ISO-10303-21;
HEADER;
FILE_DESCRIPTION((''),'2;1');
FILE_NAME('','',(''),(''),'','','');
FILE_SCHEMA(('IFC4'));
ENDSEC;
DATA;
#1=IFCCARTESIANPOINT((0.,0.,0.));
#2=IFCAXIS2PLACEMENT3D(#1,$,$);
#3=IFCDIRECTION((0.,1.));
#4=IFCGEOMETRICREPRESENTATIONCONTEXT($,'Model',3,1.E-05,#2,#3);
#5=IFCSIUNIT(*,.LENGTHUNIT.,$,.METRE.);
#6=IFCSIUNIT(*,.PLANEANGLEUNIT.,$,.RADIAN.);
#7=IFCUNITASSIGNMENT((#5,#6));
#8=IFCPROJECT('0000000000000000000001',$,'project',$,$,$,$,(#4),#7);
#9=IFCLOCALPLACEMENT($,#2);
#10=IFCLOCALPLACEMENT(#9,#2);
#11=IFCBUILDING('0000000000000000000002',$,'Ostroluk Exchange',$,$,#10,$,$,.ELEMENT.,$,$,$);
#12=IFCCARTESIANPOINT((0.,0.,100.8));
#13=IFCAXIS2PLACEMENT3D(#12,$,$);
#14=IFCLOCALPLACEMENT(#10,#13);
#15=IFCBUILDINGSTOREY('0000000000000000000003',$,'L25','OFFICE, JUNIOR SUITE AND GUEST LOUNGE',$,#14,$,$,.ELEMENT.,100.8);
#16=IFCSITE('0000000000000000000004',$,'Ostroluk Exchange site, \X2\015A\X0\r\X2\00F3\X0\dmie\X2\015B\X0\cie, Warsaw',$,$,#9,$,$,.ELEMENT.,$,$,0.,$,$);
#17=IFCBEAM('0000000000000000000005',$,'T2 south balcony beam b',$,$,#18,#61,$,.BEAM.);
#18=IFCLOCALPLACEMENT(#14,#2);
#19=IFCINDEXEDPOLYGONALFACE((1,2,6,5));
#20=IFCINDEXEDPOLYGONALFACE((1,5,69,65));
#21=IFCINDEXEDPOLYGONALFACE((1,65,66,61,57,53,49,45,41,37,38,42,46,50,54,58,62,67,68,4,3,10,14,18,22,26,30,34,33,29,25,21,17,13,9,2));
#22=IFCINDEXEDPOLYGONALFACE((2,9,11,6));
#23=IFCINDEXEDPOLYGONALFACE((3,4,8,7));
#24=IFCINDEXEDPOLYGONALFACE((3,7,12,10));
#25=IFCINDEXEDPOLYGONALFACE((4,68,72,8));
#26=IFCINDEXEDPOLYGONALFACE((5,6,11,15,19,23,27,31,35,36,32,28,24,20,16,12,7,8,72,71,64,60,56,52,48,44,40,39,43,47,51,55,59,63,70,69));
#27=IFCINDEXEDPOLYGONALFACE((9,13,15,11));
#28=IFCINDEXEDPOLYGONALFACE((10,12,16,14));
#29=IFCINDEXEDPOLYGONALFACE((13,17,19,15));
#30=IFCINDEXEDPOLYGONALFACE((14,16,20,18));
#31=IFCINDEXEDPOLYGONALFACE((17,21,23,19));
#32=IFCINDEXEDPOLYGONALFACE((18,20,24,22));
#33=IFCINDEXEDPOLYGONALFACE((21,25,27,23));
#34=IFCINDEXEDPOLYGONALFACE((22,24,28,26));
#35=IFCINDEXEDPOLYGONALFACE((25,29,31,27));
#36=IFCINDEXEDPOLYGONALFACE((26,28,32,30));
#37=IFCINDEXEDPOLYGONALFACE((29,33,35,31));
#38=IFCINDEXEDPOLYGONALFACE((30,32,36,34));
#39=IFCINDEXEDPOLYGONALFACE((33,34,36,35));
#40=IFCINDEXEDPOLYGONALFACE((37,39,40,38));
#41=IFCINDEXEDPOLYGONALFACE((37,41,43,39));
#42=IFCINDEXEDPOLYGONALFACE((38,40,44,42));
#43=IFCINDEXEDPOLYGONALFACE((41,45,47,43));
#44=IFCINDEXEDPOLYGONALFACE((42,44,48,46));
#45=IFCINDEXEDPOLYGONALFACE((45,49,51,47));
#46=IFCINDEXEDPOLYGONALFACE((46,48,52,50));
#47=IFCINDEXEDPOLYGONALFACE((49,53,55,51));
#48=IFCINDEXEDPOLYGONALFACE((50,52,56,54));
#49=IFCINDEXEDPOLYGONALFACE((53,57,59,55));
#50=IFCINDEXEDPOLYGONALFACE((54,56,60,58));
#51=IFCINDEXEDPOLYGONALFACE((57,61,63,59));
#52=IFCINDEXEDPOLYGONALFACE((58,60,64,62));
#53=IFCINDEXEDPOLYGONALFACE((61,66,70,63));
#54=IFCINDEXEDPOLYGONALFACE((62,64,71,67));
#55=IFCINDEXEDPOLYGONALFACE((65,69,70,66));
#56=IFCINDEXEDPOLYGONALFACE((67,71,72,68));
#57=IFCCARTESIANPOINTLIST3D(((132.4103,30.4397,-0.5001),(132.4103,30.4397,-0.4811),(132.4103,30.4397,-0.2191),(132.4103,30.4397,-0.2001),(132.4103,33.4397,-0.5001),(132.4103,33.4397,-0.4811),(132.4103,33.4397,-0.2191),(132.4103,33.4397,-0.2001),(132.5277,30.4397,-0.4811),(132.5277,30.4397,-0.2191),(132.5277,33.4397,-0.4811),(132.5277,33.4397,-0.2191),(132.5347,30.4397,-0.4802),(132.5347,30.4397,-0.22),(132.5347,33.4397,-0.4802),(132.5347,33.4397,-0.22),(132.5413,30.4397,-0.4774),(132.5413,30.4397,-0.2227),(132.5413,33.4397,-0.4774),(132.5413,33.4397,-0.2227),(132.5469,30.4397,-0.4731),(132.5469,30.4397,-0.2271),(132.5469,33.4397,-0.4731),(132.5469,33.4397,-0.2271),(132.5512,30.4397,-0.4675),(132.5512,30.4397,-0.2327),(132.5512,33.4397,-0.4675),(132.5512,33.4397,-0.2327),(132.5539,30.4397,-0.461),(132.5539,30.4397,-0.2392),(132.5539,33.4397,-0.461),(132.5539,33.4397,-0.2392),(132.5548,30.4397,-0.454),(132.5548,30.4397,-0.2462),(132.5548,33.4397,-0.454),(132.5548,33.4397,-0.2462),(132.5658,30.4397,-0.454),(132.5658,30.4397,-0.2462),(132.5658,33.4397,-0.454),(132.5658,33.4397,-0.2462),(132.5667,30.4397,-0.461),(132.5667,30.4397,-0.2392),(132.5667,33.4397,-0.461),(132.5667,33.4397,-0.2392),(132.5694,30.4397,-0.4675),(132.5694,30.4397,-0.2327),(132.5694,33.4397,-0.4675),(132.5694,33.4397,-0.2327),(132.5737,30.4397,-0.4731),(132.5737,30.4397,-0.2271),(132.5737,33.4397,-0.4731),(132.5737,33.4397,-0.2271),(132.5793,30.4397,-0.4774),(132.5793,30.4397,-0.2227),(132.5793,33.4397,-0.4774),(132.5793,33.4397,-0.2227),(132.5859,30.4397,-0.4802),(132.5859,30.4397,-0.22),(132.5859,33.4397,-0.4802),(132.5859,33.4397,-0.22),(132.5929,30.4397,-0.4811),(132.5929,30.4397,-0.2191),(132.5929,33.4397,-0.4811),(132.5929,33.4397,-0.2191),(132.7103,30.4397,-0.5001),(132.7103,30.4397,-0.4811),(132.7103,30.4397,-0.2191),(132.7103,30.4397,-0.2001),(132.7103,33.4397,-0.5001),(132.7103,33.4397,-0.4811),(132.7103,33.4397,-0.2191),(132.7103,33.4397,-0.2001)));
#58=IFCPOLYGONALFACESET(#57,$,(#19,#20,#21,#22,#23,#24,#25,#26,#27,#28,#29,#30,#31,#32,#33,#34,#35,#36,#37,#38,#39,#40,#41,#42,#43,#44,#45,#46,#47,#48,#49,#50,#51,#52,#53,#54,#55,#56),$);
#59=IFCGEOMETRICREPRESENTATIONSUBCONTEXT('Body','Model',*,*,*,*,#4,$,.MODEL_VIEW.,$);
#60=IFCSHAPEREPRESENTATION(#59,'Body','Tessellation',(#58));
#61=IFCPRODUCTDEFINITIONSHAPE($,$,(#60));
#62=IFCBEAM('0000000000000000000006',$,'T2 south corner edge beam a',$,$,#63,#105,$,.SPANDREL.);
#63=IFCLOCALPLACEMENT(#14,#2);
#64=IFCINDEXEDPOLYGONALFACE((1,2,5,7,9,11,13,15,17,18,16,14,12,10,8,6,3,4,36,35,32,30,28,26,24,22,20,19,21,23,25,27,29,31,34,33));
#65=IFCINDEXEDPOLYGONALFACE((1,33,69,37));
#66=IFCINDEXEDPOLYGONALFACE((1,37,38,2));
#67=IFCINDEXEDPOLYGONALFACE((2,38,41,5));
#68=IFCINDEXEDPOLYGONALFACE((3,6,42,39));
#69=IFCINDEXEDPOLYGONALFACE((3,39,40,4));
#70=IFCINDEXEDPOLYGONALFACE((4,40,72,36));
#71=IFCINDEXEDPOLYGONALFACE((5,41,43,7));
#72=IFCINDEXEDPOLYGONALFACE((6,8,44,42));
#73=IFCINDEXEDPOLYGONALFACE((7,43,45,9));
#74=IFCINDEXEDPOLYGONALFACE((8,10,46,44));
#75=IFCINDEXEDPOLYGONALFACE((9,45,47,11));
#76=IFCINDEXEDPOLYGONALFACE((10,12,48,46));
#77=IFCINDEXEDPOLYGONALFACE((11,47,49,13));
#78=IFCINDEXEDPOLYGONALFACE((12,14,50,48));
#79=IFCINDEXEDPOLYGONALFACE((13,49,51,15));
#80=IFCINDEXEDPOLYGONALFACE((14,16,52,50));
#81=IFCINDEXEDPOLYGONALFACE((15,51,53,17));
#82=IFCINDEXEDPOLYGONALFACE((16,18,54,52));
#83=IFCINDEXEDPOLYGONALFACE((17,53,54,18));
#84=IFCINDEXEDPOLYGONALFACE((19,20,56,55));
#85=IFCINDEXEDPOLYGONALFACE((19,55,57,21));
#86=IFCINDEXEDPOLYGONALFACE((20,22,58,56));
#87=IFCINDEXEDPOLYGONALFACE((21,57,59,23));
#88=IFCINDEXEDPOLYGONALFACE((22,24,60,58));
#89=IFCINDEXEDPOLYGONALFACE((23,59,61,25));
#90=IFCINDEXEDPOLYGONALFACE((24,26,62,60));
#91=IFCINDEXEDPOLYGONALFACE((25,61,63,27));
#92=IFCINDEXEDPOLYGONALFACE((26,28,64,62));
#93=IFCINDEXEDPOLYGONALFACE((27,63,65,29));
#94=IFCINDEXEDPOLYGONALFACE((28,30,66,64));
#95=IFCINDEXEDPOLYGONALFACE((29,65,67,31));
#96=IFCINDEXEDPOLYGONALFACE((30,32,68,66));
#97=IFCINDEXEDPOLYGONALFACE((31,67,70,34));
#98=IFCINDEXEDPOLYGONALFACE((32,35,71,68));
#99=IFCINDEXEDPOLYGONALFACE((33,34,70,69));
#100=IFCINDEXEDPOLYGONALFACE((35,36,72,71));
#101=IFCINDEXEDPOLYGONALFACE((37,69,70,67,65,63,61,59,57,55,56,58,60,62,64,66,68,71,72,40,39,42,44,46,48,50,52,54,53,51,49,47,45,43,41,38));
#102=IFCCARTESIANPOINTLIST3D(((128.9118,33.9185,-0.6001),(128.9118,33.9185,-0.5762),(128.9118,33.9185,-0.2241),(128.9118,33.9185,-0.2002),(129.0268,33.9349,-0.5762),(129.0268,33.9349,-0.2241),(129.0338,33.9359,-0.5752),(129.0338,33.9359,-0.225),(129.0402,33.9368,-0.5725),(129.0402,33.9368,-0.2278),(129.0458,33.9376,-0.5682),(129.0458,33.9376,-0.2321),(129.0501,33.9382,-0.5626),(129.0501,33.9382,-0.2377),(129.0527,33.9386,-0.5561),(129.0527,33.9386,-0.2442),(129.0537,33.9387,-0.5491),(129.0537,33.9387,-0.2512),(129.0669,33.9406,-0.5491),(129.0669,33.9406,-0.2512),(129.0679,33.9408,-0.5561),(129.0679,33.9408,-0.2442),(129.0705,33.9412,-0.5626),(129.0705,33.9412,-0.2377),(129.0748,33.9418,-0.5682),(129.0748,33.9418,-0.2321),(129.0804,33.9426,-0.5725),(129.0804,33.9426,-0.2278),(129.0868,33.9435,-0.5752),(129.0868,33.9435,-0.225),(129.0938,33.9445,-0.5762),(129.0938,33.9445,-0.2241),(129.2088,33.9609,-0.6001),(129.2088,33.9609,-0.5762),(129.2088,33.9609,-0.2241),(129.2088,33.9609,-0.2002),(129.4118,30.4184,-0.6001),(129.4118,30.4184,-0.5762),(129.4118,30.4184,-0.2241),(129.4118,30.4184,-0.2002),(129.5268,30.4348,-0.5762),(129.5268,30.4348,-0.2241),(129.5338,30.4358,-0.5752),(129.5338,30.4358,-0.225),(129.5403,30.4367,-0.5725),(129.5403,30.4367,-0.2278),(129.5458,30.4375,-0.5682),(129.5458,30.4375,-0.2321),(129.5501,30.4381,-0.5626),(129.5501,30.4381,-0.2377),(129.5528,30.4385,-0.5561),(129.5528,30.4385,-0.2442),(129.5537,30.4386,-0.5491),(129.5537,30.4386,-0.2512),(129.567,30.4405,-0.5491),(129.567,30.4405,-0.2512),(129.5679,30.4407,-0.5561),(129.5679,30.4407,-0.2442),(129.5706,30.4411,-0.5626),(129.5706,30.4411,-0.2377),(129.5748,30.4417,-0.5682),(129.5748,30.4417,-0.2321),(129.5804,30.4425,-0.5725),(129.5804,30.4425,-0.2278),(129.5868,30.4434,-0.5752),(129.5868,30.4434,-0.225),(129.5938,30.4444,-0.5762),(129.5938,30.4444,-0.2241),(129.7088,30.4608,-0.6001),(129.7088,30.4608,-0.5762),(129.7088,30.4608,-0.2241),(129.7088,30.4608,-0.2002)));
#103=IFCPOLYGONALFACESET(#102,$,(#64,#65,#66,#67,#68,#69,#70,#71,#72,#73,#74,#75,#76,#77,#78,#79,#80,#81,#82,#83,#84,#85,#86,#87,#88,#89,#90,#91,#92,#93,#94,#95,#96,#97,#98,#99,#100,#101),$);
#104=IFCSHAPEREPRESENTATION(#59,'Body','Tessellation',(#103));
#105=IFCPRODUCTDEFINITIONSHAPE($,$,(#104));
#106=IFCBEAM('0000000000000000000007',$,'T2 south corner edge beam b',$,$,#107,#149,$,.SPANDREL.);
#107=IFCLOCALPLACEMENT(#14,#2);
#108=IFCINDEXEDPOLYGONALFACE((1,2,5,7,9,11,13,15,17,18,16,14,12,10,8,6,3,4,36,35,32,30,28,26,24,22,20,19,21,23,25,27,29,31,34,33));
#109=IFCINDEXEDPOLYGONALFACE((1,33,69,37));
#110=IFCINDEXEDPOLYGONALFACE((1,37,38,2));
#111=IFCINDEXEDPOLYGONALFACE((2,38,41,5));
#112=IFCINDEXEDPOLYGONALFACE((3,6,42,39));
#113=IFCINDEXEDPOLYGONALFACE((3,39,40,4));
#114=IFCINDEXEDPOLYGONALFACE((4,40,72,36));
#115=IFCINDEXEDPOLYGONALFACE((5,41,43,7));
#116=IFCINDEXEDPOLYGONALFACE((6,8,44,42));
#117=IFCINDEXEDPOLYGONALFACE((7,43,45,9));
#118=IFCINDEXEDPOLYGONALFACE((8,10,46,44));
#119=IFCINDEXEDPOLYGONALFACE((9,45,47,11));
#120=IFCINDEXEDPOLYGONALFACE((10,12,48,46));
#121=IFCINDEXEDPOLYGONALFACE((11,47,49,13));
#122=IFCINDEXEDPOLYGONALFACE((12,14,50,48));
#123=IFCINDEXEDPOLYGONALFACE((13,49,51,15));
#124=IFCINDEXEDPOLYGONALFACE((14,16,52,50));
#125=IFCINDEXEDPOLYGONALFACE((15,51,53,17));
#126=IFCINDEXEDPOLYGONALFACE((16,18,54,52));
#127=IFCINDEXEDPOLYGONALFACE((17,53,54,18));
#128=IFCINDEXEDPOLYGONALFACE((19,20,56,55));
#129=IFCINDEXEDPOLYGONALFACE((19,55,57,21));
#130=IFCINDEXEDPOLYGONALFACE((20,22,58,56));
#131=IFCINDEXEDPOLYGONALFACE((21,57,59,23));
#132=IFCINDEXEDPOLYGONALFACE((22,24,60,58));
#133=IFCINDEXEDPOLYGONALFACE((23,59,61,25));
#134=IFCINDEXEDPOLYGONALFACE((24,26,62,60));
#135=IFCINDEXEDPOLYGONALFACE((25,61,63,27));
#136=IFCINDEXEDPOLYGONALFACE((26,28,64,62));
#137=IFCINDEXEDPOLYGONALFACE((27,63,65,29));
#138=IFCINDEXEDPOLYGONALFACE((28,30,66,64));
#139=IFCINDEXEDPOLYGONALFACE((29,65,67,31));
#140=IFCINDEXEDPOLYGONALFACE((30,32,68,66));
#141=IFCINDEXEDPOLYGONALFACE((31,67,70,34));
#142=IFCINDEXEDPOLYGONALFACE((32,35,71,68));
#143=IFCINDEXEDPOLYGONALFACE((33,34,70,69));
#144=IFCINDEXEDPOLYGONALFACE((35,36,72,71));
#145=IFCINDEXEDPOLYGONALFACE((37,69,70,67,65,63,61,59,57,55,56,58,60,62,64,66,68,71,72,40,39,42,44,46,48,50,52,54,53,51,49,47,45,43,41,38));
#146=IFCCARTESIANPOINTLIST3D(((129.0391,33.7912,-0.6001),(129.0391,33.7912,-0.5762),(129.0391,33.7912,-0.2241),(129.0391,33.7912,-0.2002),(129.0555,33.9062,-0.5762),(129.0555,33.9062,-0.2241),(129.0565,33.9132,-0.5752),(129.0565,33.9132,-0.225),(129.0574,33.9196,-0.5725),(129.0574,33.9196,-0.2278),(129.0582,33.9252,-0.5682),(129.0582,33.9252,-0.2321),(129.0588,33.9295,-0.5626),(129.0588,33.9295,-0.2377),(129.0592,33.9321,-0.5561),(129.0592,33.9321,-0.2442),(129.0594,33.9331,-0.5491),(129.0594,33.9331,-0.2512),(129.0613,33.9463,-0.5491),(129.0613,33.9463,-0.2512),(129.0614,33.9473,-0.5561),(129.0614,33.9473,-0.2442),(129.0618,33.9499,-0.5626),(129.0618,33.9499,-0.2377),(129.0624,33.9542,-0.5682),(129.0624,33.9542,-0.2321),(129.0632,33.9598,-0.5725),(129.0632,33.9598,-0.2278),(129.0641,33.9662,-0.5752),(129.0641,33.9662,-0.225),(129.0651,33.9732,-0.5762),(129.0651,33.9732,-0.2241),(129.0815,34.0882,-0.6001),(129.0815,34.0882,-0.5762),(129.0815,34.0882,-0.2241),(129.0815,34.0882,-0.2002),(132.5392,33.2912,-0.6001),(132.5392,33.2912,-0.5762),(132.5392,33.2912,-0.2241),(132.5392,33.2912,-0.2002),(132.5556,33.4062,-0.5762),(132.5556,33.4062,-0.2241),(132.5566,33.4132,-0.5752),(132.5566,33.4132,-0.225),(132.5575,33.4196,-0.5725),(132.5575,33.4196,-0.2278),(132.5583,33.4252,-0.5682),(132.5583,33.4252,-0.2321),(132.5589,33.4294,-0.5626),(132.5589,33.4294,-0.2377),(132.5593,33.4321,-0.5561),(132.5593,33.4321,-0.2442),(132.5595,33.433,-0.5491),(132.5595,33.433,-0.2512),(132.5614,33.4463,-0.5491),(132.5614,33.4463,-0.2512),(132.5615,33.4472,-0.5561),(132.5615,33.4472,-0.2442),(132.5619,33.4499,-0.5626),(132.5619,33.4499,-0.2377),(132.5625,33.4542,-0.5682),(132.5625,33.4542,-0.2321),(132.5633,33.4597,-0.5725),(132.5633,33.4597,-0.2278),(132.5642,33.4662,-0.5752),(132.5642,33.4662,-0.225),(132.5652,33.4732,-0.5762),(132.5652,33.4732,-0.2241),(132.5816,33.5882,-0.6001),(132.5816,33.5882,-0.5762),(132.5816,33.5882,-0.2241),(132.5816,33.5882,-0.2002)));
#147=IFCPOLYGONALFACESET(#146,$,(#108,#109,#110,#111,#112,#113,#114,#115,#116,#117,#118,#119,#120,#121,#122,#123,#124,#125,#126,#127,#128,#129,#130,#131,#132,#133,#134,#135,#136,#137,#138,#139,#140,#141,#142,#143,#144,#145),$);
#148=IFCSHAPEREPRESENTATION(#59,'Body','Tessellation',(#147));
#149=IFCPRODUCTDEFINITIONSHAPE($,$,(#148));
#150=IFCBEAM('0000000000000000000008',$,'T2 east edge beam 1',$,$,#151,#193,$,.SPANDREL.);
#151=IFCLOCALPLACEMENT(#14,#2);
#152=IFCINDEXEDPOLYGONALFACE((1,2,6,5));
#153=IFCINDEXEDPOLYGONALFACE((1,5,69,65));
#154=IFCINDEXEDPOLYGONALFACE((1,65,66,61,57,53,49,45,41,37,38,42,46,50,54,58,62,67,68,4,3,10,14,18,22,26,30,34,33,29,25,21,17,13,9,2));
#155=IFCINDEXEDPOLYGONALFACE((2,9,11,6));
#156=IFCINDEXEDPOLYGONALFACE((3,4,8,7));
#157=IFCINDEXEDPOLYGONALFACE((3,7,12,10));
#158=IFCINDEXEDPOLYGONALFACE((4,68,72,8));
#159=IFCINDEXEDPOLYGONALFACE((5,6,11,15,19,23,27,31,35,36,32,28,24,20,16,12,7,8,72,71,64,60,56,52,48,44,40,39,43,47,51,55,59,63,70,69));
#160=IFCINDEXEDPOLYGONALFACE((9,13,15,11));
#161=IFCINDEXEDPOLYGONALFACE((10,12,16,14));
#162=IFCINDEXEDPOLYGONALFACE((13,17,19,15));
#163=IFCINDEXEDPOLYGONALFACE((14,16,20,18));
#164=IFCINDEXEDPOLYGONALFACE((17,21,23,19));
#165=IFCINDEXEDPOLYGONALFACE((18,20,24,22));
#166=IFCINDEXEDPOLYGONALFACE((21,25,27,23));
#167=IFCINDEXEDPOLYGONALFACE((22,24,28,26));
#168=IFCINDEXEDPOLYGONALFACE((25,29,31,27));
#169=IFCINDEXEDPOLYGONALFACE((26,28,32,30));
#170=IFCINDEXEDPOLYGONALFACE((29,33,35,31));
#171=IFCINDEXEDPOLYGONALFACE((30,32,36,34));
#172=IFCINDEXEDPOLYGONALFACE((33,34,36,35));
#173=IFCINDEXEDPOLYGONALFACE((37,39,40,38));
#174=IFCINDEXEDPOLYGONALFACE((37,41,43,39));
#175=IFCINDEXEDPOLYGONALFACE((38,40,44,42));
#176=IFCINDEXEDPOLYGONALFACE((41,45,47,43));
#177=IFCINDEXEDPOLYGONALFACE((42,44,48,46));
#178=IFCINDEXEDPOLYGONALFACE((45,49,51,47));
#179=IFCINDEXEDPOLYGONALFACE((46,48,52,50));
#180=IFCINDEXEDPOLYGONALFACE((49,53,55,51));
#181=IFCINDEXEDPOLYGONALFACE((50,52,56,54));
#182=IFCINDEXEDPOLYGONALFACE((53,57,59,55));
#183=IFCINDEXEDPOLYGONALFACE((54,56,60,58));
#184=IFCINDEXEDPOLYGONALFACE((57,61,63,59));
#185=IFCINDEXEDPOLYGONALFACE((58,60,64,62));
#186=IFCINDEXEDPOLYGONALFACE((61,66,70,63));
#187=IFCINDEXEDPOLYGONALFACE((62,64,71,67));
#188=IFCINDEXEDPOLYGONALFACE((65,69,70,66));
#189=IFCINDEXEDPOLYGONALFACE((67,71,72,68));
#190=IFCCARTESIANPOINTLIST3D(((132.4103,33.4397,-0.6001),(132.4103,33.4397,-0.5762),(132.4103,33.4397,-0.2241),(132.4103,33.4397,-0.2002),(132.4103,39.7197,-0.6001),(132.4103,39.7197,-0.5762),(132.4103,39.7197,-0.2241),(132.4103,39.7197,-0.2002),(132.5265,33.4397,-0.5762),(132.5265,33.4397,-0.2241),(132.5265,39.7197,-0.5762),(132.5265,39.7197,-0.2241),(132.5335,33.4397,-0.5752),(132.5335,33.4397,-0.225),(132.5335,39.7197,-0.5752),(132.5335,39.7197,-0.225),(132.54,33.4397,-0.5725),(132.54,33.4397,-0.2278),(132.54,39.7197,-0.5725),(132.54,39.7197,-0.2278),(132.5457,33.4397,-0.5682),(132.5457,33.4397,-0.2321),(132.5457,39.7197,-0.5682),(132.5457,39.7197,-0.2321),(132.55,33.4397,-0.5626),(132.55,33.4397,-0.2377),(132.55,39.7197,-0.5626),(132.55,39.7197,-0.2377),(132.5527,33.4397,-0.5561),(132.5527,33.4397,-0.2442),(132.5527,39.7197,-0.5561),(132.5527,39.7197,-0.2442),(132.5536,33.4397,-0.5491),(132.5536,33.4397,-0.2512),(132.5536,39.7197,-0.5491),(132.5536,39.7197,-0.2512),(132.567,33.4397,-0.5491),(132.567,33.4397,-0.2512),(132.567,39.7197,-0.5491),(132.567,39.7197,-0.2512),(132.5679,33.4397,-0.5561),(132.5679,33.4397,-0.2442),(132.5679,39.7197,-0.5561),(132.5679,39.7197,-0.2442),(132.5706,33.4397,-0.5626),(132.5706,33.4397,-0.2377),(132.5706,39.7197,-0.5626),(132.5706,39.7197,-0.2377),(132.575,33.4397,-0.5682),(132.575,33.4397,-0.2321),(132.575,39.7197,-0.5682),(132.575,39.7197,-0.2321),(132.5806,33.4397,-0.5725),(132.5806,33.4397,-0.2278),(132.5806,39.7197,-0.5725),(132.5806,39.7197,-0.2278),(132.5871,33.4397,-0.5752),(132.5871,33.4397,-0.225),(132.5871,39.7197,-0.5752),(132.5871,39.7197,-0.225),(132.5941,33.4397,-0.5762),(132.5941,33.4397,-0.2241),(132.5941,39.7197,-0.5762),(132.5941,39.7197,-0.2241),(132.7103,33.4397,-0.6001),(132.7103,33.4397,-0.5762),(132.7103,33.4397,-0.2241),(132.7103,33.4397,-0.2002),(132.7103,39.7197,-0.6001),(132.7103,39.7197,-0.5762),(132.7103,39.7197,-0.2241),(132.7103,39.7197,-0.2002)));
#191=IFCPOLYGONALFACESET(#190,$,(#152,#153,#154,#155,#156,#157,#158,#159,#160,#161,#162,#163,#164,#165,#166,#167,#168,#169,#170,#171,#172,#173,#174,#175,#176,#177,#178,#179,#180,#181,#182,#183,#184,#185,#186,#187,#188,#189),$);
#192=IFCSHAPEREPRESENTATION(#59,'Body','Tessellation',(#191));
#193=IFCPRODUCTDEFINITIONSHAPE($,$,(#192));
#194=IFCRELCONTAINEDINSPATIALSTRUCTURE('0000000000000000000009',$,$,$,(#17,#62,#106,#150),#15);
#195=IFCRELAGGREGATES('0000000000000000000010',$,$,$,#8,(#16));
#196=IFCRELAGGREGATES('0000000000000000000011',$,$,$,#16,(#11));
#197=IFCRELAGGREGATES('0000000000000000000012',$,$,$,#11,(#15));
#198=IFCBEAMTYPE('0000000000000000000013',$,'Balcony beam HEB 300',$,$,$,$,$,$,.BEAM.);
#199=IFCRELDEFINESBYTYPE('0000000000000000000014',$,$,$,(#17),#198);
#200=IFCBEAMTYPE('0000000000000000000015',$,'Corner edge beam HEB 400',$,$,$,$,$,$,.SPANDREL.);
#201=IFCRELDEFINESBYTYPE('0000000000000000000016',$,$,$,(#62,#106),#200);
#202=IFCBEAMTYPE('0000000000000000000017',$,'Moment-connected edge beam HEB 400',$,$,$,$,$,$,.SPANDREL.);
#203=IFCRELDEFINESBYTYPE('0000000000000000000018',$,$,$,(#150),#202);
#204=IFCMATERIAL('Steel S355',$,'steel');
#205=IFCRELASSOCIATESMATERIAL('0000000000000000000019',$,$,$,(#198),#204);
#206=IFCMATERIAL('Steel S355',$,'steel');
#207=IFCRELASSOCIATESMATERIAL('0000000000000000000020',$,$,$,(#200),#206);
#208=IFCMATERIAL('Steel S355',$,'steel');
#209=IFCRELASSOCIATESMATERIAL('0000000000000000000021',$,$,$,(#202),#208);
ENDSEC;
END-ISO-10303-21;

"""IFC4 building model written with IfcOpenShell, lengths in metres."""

from ifc_helpers import new_model, si_unit, direction, frame, origin, origin_2d, place, context, subcontext, project, spatial, i_section, extrude, material, material_profile, profile_set, type_object, element, save


model = new_model("IFC4")

# Units and contexts
model_context = context("Model", 3, precision=1e-05, world=origin(), true_north=direction((0.0, 1.0)))
body_context = subcontext(model_context, "Body", "Model", "MODEL_VIEW")
ifc_project = project(units=[si_unit("LENGTHUNIT", "METRE"), si_unit("PLANEANGLEUNIT", "RADIAN")], contexts=[model_context])

# Site, building, storey
site_placement = place(None, origin())
site = spatial("IfcSite", under=ifc_project, at=site_placement, Name="Ostroluk Exchange site, Śródmieście, Warsaw", CompositionType="ELEMENT", RefElevation=0.0)
building_placement = place(site_placement, origin())
building = spatial("IfcBuilding", under=site, at=building_placement, Name="Ostroluk Exchange", CompositionType="ELEMENT")
storey_placement = place(building_placement, frame((0.0, 0.0, 100.8)))
storey = spatial("IfcBuildingStorey", under=building, at=storey_placement, Name="L25", Description="OFFICE, JUNIOR SUITE AND GUEST LOUNGE", CompositionType="ELEMENT", Elevation=100.8)

# Beams
ifc_material_1 = material(Name="Steel S355", Category="steel")
ifc_material_profile_1 = material_profile(ifc_material_1, i_section(OverallWidth=0.3, OverallDepth=0.3, WebThickness=0.011, FlangeThickness=0.019, FilletRadius=0.0271, at=origin_2d()), Name="HEB 300")
ifc_profile_set_1 = profile_set([ifc_material_profile_1], Name="Steel S355")
beam_type_1 = type_object("IfcBeamType", Name="Balcony beam HEB 300", PredefinedType="BEAM", material=ifc_profile_set_1)
for number, where, z_axis, x_axis, name in (
    (1, (132.5603, 33.4397, -0.3501), (0.0, -1.0, 0.0), (1.0, 0.0, 0.0), "T2 south balcony beam b"),
):
    element("IfcBeam", number, at=place(storey_placement, frame(where, z_axis=z_axis, x_axis=x_axis)), inside=storey, type_object=beam_type_1, Name=name, PredefinedType="BEAM", context=body_context, shape_type="SweptSolid", body=[
        extrude(i_section(OverallWidth=0.3, OverallDepth=0.3, WebThickness=0.011, FlangeThickness=0.019, FilletRadius=0.0271, at=origin_2d()), origin(), (0.0, 0.0, 1.0), 3.0),
    ])
ifc_material_2 = material(Name="Steel S355", Category="steel")
ifc_material_profile_2 = material_profile(ifc_material_2, i_section(OverallWidth=0.3, OverallDepth=0.3999, WebThickness=0.0134, FlangeThickness=0.0239, FilletRadius=0.0271, at=origin_2d()), Name="HEB 400")
ifc_profile_set_2 = profile_set([ifc_material_profile_2], Name="Steel S355")
beam_type_2 = type_object("IfcBeamType", Name="Corner edge beam HEB 400", PredefinedType="SPANDREL", material=ifc_profile_set_2)
for number, where, z_axis, x_axis, name in (
    (2, (129.0603, 33.9397, -0.4001), (0.141421, -0.989949, 0.0), (0.989949, 0.141421, 0.0), "T2 south corner edge beam a"),
    (3, (129.0603, 33.9397, -0.4001), (0.989949, -0.141421, 0.0), (0.141421, 0.989949, 0.0), "T2 south corner edge beam b"),
):
    element("IfcBeam", number, at=place(storey_placement, frame(where, z_axis=z_axis, x_axis=x_axis)), inside=storey, type_object=beam_type_2, Name=name, PredefinedType="SPANDREL", context=body_context, shape_type="SweptSolid", body=[
        extrude(i_section(OverallWidth=0.3, OverallDepth=0.3999, WebThickness=0.0134, FlangeThickness=0.0239, FilletRadius=0.0271, at=origin_2d()), origin(), (0.0, 0.0, 1.0), 3.5356),
    ])
ifc_material_3 = material(Name="Steel S355", Category="steel")
ifc_material_profile_3 = material_profile(ifc_material_3, i_section(OverallWidth=0.3, OverallDepth=0.3999, WebThickness=0.0134, FlangeThickness=0.0239, FilletRadius=0.0271, at=origin_2d()), Name="HEB 400")
ifc_profile_set_3 = profile_set([ifc_material_profile_3], Name="Steel S355")
beam_type_3 = type_object("IfcBeamType", Name="Moment-connected edge beam HEB 400", PredefinedType="SPANDREL", material=ifc_profile_set_3)
beam_placement = place(storey_placement, frame((132.5603, 33.4397, -0.4001), z_axis=(0.0, 1.0, 0.0), x_axis=(-1.0, 0.0, 0.0)))
element("IfcBeam", 4, at=beam_placement, inside=storey, type_object=beam_type_3, Name="T2 east edge beam 1", PredefinedType="SPANDREL", context=body_context, shape_type="SweptSolid", body=[
    extrude(i_section(OverallWidth=0.3, OverallDepth=0.3999, WebThickness=0.0134, FlangeThickness=0.0239, FilletRadius=0.0271, at=origin_2d()), origin(), (0.0, 0.0, 1.0), 6.28),
])

save(model, "model.ifc")
